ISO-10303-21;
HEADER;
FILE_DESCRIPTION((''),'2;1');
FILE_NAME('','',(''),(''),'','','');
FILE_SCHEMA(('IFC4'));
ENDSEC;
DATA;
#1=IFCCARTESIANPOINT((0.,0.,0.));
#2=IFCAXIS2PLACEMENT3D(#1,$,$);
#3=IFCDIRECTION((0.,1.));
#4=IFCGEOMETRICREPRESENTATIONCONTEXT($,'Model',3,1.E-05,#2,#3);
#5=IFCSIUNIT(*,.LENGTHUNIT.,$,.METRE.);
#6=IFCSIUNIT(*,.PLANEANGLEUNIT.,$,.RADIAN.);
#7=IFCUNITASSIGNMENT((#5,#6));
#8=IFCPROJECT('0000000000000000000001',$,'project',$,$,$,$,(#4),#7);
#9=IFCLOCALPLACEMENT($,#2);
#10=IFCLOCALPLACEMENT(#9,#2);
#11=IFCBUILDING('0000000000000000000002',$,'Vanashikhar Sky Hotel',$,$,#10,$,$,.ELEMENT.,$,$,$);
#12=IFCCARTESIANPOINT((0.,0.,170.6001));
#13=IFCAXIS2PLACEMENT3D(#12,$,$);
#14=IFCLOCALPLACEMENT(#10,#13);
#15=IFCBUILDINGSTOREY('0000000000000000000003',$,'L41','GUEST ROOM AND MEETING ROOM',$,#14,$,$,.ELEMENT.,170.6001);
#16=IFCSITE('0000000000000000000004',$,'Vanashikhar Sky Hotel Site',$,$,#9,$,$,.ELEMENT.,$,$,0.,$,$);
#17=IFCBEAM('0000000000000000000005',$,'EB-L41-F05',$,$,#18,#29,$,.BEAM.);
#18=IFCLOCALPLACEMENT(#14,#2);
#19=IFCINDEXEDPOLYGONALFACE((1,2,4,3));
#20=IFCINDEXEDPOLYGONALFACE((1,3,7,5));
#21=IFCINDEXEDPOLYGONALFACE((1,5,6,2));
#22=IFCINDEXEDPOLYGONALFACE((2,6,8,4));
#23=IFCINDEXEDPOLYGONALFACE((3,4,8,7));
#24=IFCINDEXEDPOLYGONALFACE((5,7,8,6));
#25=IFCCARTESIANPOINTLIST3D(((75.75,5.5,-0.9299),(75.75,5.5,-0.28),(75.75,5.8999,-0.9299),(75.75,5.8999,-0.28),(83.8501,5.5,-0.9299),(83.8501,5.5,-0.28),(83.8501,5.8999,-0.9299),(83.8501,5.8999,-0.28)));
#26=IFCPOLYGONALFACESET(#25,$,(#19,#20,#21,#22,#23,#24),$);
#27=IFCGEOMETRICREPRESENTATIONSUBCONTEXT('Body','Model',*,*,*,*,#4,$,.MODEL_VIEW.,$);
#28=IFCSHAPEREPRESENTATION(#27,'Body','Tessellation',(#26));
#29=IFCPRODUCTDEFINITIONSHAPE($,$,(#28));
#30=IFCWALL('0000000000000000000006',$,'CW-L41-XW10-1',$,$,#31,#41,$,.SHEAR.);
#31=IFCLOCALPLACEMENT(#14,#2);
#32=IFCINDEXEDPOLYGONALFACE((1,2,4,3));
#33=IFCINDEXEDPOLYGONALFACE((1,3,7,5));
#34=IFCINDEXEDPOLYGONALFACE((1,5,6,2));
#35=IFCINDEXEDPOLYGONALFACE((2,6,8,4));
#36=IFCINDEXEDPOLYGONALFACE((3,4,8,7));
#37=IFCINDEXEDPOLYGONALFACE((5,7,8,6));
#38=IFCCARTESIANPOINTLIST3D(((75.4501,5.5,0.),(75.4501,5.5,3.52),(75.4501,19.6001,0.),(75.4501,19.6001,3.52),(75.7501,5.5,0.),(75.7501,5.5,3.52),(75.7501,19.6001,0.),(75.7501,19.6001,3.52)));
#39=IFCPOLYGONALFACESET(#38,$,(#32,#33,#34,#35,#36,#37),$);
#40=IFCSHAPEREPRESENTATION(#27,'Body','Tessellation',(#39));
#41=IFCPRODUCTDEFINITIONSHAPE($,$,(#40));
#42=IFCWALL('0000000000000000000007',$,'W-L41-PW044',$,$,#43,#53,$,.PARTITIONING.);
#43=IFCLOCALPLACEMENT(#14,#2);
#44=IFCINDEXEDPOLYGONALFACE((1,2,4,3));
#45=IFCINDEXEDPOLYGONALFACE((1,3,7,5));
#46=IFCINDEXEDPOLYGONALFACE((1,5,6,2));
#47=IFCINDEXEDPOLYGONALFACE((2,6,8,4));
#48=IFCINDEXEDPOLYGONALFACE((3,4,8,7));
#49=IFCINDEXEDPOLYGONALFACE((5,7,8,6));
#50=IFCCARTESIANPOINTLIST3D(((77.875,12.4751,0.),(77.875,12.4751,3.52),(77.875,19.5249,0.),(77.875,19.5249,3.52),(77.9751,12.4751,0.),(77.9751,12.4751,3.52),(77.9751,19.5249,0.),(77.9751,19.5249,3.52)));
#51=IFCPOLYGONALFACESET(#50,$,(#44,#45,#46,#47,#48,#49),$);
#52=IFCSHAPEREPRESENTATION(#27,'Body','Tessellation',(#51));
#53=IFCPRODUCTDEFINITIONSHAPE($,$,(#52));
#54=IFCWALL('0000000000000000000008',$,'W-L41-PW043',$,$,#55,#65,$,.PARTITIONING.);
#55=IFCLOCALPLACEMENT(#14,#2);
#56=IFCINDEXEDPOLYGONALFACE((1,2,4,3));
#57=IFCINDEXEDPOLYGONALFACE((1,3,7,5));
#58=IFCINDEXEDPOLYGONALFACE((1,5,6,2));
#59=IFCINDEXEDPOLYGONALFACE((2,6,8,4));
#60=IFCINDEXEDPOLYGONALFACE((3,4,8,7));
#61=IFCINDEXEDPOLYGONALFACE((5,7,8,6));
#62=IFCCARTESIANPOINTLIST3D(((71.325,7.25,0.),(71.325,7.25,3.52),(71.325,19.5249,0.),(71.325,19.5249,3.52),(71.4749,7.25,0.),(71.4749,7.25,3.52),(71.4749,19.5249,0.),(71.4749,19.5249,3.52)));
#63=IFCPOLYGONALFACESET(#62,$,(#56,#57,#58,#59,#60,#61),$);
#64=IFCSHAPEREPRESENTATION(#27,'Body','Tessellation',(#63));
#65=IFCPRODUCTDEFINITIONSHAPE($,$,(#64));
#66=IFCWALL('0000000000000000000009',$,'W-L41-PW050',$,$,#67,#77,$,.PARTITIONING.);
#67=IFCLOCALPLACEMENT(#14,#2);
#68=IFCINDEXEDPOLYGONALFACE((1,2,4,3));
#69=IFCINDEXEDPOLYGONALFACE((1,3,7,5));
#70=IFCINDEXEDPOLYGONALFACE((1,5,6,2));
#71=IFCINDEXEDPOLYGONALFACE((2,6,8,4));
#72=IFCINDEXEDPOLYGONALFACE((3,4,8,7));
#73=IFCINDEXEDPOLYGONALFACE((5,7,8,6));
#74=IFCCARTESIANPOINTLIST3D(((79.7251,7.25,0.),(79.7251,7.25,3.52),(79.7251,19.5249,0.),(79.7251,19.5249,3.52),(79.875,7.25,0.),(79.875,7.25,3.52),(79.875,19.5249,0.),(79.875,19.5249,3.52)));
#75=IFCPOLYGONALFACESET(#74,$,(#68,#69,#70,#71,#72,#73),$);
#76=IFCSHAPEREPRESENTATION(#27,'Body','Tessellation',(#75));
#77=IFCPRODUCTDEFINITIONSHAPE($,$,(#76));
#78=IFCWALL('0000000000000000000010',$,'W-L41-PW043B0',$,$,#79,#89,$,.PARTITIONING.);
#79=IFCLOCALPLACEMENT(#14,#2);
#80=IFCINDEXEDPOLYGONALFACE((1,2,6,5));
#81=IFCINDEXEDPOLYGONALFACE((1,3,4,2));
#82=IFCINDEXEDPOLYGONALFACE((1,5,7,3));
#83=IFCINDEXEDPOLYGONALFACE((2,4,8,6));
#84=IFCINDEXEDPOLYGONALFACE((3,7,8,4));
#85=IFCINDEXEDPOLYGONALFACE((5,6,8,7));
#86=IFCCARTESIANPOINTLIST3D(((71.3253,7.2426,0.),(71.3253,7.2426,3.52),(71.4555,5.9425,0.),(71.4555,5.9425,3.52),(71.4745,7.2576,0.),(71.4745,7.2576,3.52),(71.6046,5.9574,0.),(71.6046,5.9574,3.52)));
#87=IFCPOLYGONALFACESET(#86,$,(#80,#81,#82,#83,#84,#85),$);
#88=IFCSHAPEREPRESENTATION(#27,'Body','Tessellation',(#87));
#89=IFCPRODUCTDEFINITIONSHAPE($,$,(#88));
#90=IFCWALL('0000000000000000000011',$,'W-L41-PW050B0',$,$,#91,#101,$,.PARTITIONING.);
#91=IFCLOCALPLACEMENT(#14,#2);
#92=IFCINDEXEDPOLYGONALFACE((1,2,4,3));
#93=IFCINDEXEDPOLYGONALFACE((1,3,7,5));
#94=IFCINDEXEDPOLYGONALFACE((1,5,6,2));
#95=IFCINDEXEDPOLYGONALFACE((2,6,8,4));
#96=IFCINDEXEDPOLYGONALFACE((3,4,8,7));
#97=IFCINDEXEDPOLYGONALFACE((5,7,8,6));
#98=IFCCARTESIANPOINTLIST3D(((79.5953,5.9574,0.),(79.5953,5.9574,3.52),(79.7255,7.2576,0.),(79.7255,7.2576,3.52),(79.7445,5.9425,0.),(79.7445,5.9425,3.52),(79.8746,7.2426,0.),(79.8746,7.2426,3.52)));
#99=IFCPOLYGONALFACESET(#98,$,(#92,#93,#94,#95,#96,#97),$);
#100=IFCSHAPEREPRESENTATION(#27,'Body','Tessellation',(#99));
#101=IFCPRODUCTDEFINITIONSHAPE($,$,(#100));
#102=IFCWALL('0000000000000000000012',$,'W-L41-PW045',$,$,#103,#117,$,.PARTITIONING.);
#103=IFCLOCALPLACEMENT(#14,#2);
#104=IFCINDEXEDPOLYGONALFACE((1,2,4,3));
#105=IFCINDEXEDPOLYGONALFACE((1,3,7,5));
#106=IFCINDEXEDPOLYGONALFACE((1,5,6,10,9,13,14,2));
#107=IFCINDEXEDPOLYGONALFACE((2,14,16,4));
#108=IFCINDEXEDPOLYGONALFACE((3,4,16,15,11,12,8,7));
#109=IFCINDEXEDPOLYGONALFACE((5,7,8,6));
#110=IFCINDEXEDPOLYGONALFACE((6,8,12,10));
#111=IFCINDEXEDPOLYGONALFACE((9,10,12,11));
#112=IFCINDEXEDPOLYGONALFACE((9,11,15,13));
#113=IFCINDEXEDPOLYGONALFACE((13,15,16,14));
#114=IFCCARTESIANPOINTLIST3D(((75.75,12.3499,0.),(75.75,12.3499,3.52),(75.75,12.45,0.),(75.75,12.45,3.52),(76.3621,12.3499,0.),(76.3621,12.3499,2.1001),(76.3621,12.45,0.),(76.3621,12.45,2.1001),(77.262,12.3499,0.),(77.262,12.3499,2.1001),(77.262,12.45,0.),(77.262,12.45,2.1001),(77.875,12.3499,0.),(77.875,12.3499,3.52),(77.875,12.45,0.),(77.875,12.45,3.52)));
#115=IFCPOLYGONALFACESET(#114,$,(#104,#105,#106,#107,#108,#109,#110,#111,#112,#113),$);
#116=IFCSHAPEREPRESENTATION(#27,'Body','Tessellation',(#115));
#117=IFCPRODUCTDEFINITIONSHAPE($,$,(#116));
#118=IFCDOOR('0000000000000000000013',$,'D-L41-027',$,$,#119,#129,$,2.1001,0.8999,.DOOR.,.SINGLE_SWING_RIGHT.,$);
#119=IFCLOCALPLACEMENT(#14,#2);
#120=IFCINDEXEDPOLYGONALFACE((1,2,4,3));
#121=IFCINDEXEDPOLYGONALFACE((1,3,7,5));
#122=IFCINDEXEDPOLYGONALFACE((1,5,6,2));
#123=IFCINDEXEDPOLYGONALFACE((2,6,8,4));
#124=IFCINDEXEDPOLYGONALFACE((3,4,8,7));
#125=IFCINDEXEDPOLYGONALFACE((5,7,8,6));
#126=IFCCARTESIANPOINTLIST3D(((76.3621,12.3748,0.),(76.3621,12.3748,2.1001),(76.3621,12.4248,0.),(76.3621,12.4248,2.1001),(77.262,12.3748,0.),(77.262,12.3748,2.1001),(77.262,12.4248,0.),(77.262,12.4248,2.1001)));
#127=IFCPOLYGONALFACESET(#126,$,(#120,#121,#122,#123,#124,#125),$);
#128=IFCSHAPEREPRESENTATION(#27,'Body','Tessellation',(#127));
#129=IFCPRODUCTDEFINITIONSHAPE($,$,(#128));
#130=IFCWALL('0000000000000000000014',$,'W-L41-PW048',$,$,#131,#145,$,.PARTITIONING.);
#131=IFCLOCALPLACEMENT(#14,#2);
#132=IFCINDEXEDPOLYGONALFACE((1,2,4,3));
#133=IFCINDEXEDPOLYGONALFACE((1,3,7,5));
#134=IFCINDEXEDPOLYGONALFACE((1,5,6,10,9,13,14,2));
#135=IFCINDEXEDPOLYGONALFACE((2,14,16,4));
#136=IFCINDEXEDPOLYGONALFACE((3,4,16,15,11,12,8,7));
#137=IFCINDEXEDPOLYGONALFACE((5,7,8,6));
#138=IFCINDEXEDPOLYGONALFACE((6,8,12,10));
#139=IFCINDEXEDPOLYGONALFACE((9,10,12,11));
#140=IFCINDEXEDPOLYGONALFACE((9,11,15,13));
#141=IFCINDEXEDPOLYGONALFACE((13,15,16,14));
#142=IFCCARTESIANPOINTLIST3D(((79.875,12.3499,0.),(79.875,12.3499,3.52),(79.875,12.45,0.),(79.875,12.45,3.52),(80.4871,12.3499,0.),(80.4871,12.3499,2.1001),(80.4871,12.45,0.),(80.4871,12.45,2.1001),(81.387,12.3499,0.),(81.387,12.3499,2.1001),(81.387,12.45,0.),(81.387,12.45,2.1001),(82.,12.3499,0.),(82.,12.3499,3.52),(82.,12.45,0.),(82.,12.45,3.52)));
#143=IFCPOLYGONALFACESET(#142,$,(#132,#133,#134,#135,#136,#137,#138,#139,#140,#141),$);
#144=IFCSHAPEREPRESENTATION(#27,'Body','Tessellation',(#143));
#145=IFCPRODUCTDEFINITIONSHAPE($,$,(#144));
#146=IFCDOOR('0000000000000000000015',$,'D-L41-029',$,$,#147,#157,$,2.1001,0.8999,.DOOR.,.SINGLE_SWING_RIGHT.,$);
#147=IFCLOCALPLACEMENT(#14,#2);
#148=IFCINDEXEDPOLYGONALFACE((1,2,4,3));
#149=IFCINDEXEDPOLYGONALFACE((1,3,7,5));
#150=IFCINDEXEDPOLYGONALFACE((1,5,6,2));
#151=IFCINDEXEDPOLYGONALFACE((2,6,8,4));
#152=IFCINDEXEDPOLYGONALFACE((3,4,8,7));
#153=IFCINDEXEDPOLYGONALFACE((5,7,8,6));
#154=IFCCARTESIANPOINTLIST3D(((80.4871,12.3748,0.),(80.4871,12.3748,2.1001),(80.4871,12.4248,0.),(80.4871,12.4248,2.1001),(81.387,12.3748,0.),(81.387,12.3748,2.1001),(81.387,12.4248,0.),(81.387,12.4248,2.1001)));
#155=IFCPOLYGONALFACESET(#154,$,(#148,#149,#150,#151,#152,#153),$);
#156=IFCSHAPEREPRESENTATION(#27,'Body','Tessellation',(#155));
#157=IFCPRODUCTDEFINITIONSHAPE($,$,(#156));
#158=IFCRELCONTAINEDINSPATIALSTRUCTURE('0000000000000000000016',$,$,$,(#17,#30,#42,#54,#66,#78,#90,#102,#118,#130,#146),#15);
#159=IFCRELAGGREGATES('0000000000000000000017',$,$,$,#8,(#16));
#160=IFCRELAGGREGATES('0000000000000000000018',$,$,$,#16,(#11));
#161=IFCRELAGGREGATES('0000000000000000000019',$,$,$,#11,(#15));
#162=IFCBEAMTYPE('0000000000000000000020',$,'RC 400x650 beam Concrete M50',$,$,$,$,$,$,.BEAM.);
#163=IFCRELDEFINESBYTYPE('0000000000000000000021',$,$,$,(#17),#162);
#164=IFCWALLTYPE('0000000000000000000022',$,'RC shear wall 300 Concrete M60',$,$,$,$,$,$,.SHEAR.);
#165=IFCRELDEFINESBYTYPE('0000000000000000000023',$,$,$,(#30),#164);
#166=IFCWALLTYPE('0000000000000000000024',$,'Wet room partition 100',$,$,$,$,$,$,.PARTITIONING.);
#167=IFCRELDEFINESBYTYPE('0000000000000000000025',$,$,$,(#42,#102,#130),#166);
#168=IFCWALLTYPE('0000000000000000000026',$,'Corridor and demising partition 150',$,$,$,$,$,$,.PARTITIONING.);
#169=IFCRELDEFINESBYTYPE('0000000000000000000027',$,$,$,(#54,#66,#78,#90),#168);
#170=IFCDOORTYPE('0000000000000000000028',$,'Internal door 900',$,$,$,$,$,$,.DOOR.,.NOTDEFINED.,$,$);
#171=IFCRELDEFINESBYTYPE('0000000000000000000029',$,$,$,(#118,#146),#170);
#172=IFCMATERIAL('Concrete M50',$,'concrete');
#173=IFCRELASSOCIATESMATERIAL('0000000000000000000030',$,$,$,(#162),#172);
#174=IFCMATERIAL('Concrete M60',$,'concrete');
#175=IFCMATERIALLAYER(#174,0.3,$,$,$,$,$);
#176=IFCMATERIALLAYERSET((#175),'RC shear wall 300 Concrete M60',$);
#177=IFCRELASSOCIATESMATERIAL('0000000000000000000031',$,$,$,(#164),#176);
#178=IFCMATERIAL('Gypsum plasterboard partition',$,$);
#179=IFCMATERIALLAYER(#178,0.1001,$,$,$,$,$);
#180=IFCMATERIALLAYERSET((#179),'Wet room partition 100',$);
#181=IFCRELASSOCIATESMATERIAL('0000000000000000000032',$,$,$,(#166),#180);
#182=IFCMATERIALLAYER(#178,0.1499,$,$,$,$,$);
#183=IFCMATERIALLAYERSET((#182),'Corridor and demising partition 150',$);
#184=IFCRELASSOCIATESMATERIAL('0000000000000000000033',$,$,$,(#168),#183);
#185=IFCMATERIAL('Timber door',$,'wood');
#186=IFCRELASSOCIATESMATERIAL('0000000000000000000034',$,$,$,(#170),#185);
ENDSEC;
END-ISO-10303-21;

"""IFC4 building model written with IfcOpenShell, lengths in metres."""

from ifc_helpers import new_model, si_unit, direction, frame, frame_2d, origin, origin_2d, place, context, subcontext, project, spatial, rectangle, extrude, source, transform, mapped, material, layer, layer_set, material_profile, profile_set, type_object, element, fill, save


model = new_model("IFC4")

# Units and contexts
model_context = context("Model", 3, precision=1e-05, world=origin(), true_north=direction((0.0, 1.0)))
body_context = subcontext(model_context, "Body", "Model", "MODEL_VIEW")
ifc_project = project(units=[si_unit("LENGTHUNIT", "METRE"), si_unit("PLANEANGLEUNIT", "RADIAN")], contexts=[model_context])

# Site, building, storey
site_placement = place(None, origin())
site = spatial("IfcSite", under=ifc_project, at=site_placement, Name="Vanashikhar Sky Hotel Site", CompositionType="ELEMENT", RefElevation=0.0)
building_placement = place(site_placement, origin())
building = spatial("IfcBuilding", under=site, at=building_placement, Name="Vanashikhar Sky Hotel", CompositionType="ELEMENT")
storey_placement = place(building_placement, frame((0.0, 0.0, 170.6001)))
storey = spatial("IfcBuildingStorey", under=building, at=storey_placement, Name="L41", Description="GUEST ROOM AND MEETING ROOM", CompositionType="ELEMENT", Elevation=170.6001)

# Beam
ifc_material_1 = material(Name="Concrete M50", Category="concrete")
ifc_material_profile = material_profile(ifc_material_1, rectangle(XDim=0.3999, YDim=0.6499, at=origin_2d()))
ifc_profile_set = profile_set([ifc_material_profile], Name="RC 400x650 beam Concrete M50")
beam_type = type_object("IfcBeamType", Name="RC 400x650 beam Concrete M50", PredefinedType="BEAM", material=ifc_profile_set)
shared_shape_1 = source(origin(), body_context, "Body", "SweptSolid", [
    extrude(rectangle(XDim=0.3999, YDim=0.6499, at=origin_2d()), origin(), (0.0, 0.0, 1.0), 8.1001),
])
beam_placement = place(storey_placement, frame((75.75, 5.7, -0.605), z_axis=(1.0, 0.0, 0.0), x_axis=(0.0, 1.0, 0.0)))
element("IfcBeam", 1, at=beam_placement, inside=storey, type_object=beam_type, Name="EB-L41-F05", PredefinedType="BEAM", context=body_context, shape_type="MappedRepresentation", body=[
    mapped(shared_shape_1, transform((0.0, 0.0, 0.0), scale=1.0)),
])

# Wall
ifc_material_2 = material(Name="Concrete M60", Category="concrete")
ifc_layer_1 = layer(ifc_material_2, 0.3)
ifc_layer_set_1 = layer_set([ifc_layer_1], Name="RC shear wall 300 Concrete M60")
wall_type_1 = type_object("IfcWallType", Name="RC shear wall 300 Concrete M60", PredefinedType="SHEAR", material=ifc_layer_set_1)
shared_shape_2 = source(origin(), body_context, "Body", "SweptSolid", [
    extrude(rectangle(XDim=14.1001, YDim=0.3, at=frame_2d((7.05, 0.0))), origin(), (0.0, 0.0, 1.0), 3.52),
])
wall_1_placement = place(storey_placement, frame((75.6001, 5.5, 0.0), z_axis=(0.0, 0.0, 1.0), x_axis=(0.0, 1.0, 0.0)))
element("IfcWall", 2, at=wall_1_placement, inside=storey, type_object=wall_type_1, Name="CW-L41-XW10-1", PredefinedType="SHEAR", context=body_context, shape_type="MappedRepresentation", body=[
    mapped(shared_shape_2, transform((0.0, 0.0, 0.0), scale=1.0)),
])

# Walls
ifc_material_3 = material(Name="Gypsum plasterboard partition")
ifc_layer_2 = layer(ifc_material_3, 0.1001)
ifc_layer_set_2 = layer_set([ifc_layer_2], Name="Wet room partition 100")
wall_type_2 = type_object("IfcWallType", Name="Wet room partition 100", PredefinedType="PARTITIONING", material=ifc_layer_set_2)
shared_shape_3 = source(origin(), body_context, "Body", "SweptSolid", [
    extrude(rectangle(XDim=7.0498, YDim=0.1001, at=frame_2d((3.5249, 0.0))), origin(), (0.0, 0.0, 1.0), 3.52),
])
wall_2_placement = place(storey_placement, frame((77.925, 12.4751, 0.0), z_axis=(0.0, 0.0, 1.0), x_axis=(0.0, 1.0, 0.0)))
element("IfcWall", 3, at=wall_2_placement, inside=storey, type_object=wall_type_2, Name="W-L41-PW044", PredefinedType="PARTITIONING", context=body_context, shape_type="MappedRepresentation", body=[
    mapped(shared_shape_3, transform((0.0, 0.0, 0.0), scale=1.0)),
])
ifc_layer_3 = layer(ifc_material_3, 0.1499)
ifc_layer_set_3 = layer_set([ifc_layer_3], Name="Corridor and demising partition 150")
wall_type_3 = type_object("IfcWallType", Name="Corridor and demising partition 150", PredefinedType="PARTITIONING", material=ifc_layer_set_3)
shared_shape_4 = source(origin(), body_context, "Body", "SweptSolid", [
    extrude(rectangle(XDim=12.2749, YDim=0.1499, at=frame_2d((6.1375, 0.0))), origin(), (0.0, 0.0, 1.0), 3.52),
])
for number, where, z_axis, x_axis, name in (
    (4, (71.3999, 7.25, 0.0), (0.0, 0.0, 1.0), (0.0, 1.0, 0.0), "W-L41-PW043"),
    (5, (79.8, 7.25, 0.0), (0.0, 0.0, 1.0), (0.0, 1.0, 0.0), "W-L41-PW050"),
):
    element("IfcWall", number, at=place(storey_placement, frame(where, z_axis=z_axis, x_axis=x_axis)), inside=storey, type_object=wall_type_3, Name=name, PredefinedType="PARTITIONING", context=body_context, shape_type="MappedRepresentation", body=[
        mapped(shared_shape_4, transform((0.0, 0.0, 0.0), scale=1.0)),
    ])
shared_shape_5 = source(origin(), body_context, "Body", "SweptSolid", [
    extrude(rectangle(XDim=1.3066, YDim=0.1499, at=frame_2d((0.6533, 0.0))), origin(), (0.0, 0.0, 1.0), 3.52),
])
for number, where, z_axis, x_axis, name in (
    (6, (71.53, 5.95, 0.0), (0.0, 0.0, 1.0), (-0.099596, 0.995028, 0.0), "W-L41-PW043B0"),
    (7, (79.6699, 5.95, 0.0), (0.0, 0.0, 1.0), (0.099596, 0.995028, 0.0), "W-L41-PW050B0"),
):
    element("IfcWall", number, at=place(storey_placement, frame(where, z_axis=z_axis, x_axis=x_axis)), inside=storey, type_object=wall_type_3, Name=name, PredefinedType="PARTITIONING", context=body_context, shape_type="MappedRepresentation", body=[
        mapped(shared_shape_5, transform((0.0, 0.0, 0.0), scale=1.0)),
    ])

# Walls, openings, doors
shared_shape_6 = source(origin(), body_context, "Body", "SweptSolid", [
    extrude(rectangle(XDim=2.125, YDim=0.1001, at=frame_2d((1.0625, 0.0))), origin(), (0.0, 0.0, 1.0), 3.52),
])
wall_3_placement = place(storey_placement, frame((75.75, 12.3999, 0.0), z_axis=(0.0, 0.0, 1.0), x_axis=(1.0, 0.0, 0.0)))
wall_3 = element("IfcWall", 8, at=wall_3_placement, inside=storey, type_object=wall_type_2, Name="W-L41-PW045", PredefinedType="PARTITIONING", context=body_context, shape_type="MappedRepresentation", body=[
    mapped(shared_shape_6, transform((0.0, 0.0, 0.0), scale=1.0)),
])
shared_shape_7 = source(origin(), body_context, "Body", "SweptSolid", [
    extrude(rectangle(XDim=0.8999, YDim=2.1001, at=frame_2d((0.45, 1.05))), frame((0.0, 0.0601, 0.0), z_axis=(0.0, -1.0, 0.0), x_axis=(1.0, 0.0, 0.0)), (0.0, 0.0, 1.0), 0.1201),
])
opening_1_placement = place(wall_3_placement, frame((0.6121, 0.0, 0.0)))
opening_1 = element("IfcOpeningElement", 9, at=opening_1_placement, cuts=wall_3, PredefinedType="OPENING", context=body_context, shape_type="MappedRepresentation", body=[
    mapped(shared_shape_7, transform((0.0, 0.0, 0.0), scale=1.0)),
])
ifc_material_4 = material(Name="Timber door", Category="wood")
door_type_1 = type_object("IfcDoorType", Name="Internal door 900", OperationType="NOTDEFINED", PredefinedType="DOOR", material=ifc_material_4)
shared_shape_8 = source(origin(), body_context, "Body", "SweptSolid", [
    extrude(rectangle(XDim=0.8999, YDim=2.1001, at=frame_2d((0.45, 1.05))), frame((0.0, 0.0249, 0.0), z_axis=(0.0, -1.0, 0.0), x_axis=(1.0, 0.0, 0.0)), (0.0, 0.0, 1.0), 0.05),
])
door_1_placement = place(opening_1_placement, origin())
door_1 = element("IfcDoor", 10, at=door_1_placement, inside=storey, type_object=door_type_1, Name="D-L41-027", OperationType="SINGLE_SWING_RIGHT", OverallHeight=2.1001, OverallWidth=0.8999, PredefinedType="DOOR", context=body_context, shape_type="MappedRepresentation", body=[
    mapped(shared_shape_8, transform((0.0, 0.0, 0.0), scale=1.0)),
])
fill(opening_1, door_1)
wall_4_placement = place(storey_placement, frame((79.875, 12.3999, 0.0), z_axis=(0.0, 0.0, 1.0), x_axis=(1.0, 0.0, 0.0)))
wall_4 = element("IfcWall", 11, at=wall_4_placement, inside=storey, type_object=wall_type_2, Name="W-L41-PW048", PredefinedType="PARTITIONING", context=body_context, shape_type="MappedRepresentation", body=[
    mapped(shared_shape_6, transform((0.0, 0.0, 0.0), scale=1.0)),
])
opening_2_placement = place(wall_4_placement, frame((0.6121, 0.0, 0.0)))
opening_2 = element("IfcOpeningElement", 12, at=opening_2_placement, cuts=wall_4, PredefinedType="OPENING", context=body_context, shape_type="MappedRepresentation", body=[
    mapped(shared_shape_7, transform((0.0, 0.0, 0.0), scale=1.0)),
])
door_2_placement = place(opening_2_placement, origin())
door_2 = element("IfcDoor", 13, at=door_2_placement, inside=storey, type_object=door_type_1, Name="D-L41-029", OperationType="SINGLE_SWING_RIGHT", OverallHeight=2.1001, OverallWidth=0.8999, PredefinedType="DOOR", context=body_context, shape_type="MappedRepresentation", body=[
    mapped(shared_shape_8, transform((0.0, 0.0, 0.0), scale=1.0)),
])
fill(opening_2, door_2)

save(model, "model.ifc")
